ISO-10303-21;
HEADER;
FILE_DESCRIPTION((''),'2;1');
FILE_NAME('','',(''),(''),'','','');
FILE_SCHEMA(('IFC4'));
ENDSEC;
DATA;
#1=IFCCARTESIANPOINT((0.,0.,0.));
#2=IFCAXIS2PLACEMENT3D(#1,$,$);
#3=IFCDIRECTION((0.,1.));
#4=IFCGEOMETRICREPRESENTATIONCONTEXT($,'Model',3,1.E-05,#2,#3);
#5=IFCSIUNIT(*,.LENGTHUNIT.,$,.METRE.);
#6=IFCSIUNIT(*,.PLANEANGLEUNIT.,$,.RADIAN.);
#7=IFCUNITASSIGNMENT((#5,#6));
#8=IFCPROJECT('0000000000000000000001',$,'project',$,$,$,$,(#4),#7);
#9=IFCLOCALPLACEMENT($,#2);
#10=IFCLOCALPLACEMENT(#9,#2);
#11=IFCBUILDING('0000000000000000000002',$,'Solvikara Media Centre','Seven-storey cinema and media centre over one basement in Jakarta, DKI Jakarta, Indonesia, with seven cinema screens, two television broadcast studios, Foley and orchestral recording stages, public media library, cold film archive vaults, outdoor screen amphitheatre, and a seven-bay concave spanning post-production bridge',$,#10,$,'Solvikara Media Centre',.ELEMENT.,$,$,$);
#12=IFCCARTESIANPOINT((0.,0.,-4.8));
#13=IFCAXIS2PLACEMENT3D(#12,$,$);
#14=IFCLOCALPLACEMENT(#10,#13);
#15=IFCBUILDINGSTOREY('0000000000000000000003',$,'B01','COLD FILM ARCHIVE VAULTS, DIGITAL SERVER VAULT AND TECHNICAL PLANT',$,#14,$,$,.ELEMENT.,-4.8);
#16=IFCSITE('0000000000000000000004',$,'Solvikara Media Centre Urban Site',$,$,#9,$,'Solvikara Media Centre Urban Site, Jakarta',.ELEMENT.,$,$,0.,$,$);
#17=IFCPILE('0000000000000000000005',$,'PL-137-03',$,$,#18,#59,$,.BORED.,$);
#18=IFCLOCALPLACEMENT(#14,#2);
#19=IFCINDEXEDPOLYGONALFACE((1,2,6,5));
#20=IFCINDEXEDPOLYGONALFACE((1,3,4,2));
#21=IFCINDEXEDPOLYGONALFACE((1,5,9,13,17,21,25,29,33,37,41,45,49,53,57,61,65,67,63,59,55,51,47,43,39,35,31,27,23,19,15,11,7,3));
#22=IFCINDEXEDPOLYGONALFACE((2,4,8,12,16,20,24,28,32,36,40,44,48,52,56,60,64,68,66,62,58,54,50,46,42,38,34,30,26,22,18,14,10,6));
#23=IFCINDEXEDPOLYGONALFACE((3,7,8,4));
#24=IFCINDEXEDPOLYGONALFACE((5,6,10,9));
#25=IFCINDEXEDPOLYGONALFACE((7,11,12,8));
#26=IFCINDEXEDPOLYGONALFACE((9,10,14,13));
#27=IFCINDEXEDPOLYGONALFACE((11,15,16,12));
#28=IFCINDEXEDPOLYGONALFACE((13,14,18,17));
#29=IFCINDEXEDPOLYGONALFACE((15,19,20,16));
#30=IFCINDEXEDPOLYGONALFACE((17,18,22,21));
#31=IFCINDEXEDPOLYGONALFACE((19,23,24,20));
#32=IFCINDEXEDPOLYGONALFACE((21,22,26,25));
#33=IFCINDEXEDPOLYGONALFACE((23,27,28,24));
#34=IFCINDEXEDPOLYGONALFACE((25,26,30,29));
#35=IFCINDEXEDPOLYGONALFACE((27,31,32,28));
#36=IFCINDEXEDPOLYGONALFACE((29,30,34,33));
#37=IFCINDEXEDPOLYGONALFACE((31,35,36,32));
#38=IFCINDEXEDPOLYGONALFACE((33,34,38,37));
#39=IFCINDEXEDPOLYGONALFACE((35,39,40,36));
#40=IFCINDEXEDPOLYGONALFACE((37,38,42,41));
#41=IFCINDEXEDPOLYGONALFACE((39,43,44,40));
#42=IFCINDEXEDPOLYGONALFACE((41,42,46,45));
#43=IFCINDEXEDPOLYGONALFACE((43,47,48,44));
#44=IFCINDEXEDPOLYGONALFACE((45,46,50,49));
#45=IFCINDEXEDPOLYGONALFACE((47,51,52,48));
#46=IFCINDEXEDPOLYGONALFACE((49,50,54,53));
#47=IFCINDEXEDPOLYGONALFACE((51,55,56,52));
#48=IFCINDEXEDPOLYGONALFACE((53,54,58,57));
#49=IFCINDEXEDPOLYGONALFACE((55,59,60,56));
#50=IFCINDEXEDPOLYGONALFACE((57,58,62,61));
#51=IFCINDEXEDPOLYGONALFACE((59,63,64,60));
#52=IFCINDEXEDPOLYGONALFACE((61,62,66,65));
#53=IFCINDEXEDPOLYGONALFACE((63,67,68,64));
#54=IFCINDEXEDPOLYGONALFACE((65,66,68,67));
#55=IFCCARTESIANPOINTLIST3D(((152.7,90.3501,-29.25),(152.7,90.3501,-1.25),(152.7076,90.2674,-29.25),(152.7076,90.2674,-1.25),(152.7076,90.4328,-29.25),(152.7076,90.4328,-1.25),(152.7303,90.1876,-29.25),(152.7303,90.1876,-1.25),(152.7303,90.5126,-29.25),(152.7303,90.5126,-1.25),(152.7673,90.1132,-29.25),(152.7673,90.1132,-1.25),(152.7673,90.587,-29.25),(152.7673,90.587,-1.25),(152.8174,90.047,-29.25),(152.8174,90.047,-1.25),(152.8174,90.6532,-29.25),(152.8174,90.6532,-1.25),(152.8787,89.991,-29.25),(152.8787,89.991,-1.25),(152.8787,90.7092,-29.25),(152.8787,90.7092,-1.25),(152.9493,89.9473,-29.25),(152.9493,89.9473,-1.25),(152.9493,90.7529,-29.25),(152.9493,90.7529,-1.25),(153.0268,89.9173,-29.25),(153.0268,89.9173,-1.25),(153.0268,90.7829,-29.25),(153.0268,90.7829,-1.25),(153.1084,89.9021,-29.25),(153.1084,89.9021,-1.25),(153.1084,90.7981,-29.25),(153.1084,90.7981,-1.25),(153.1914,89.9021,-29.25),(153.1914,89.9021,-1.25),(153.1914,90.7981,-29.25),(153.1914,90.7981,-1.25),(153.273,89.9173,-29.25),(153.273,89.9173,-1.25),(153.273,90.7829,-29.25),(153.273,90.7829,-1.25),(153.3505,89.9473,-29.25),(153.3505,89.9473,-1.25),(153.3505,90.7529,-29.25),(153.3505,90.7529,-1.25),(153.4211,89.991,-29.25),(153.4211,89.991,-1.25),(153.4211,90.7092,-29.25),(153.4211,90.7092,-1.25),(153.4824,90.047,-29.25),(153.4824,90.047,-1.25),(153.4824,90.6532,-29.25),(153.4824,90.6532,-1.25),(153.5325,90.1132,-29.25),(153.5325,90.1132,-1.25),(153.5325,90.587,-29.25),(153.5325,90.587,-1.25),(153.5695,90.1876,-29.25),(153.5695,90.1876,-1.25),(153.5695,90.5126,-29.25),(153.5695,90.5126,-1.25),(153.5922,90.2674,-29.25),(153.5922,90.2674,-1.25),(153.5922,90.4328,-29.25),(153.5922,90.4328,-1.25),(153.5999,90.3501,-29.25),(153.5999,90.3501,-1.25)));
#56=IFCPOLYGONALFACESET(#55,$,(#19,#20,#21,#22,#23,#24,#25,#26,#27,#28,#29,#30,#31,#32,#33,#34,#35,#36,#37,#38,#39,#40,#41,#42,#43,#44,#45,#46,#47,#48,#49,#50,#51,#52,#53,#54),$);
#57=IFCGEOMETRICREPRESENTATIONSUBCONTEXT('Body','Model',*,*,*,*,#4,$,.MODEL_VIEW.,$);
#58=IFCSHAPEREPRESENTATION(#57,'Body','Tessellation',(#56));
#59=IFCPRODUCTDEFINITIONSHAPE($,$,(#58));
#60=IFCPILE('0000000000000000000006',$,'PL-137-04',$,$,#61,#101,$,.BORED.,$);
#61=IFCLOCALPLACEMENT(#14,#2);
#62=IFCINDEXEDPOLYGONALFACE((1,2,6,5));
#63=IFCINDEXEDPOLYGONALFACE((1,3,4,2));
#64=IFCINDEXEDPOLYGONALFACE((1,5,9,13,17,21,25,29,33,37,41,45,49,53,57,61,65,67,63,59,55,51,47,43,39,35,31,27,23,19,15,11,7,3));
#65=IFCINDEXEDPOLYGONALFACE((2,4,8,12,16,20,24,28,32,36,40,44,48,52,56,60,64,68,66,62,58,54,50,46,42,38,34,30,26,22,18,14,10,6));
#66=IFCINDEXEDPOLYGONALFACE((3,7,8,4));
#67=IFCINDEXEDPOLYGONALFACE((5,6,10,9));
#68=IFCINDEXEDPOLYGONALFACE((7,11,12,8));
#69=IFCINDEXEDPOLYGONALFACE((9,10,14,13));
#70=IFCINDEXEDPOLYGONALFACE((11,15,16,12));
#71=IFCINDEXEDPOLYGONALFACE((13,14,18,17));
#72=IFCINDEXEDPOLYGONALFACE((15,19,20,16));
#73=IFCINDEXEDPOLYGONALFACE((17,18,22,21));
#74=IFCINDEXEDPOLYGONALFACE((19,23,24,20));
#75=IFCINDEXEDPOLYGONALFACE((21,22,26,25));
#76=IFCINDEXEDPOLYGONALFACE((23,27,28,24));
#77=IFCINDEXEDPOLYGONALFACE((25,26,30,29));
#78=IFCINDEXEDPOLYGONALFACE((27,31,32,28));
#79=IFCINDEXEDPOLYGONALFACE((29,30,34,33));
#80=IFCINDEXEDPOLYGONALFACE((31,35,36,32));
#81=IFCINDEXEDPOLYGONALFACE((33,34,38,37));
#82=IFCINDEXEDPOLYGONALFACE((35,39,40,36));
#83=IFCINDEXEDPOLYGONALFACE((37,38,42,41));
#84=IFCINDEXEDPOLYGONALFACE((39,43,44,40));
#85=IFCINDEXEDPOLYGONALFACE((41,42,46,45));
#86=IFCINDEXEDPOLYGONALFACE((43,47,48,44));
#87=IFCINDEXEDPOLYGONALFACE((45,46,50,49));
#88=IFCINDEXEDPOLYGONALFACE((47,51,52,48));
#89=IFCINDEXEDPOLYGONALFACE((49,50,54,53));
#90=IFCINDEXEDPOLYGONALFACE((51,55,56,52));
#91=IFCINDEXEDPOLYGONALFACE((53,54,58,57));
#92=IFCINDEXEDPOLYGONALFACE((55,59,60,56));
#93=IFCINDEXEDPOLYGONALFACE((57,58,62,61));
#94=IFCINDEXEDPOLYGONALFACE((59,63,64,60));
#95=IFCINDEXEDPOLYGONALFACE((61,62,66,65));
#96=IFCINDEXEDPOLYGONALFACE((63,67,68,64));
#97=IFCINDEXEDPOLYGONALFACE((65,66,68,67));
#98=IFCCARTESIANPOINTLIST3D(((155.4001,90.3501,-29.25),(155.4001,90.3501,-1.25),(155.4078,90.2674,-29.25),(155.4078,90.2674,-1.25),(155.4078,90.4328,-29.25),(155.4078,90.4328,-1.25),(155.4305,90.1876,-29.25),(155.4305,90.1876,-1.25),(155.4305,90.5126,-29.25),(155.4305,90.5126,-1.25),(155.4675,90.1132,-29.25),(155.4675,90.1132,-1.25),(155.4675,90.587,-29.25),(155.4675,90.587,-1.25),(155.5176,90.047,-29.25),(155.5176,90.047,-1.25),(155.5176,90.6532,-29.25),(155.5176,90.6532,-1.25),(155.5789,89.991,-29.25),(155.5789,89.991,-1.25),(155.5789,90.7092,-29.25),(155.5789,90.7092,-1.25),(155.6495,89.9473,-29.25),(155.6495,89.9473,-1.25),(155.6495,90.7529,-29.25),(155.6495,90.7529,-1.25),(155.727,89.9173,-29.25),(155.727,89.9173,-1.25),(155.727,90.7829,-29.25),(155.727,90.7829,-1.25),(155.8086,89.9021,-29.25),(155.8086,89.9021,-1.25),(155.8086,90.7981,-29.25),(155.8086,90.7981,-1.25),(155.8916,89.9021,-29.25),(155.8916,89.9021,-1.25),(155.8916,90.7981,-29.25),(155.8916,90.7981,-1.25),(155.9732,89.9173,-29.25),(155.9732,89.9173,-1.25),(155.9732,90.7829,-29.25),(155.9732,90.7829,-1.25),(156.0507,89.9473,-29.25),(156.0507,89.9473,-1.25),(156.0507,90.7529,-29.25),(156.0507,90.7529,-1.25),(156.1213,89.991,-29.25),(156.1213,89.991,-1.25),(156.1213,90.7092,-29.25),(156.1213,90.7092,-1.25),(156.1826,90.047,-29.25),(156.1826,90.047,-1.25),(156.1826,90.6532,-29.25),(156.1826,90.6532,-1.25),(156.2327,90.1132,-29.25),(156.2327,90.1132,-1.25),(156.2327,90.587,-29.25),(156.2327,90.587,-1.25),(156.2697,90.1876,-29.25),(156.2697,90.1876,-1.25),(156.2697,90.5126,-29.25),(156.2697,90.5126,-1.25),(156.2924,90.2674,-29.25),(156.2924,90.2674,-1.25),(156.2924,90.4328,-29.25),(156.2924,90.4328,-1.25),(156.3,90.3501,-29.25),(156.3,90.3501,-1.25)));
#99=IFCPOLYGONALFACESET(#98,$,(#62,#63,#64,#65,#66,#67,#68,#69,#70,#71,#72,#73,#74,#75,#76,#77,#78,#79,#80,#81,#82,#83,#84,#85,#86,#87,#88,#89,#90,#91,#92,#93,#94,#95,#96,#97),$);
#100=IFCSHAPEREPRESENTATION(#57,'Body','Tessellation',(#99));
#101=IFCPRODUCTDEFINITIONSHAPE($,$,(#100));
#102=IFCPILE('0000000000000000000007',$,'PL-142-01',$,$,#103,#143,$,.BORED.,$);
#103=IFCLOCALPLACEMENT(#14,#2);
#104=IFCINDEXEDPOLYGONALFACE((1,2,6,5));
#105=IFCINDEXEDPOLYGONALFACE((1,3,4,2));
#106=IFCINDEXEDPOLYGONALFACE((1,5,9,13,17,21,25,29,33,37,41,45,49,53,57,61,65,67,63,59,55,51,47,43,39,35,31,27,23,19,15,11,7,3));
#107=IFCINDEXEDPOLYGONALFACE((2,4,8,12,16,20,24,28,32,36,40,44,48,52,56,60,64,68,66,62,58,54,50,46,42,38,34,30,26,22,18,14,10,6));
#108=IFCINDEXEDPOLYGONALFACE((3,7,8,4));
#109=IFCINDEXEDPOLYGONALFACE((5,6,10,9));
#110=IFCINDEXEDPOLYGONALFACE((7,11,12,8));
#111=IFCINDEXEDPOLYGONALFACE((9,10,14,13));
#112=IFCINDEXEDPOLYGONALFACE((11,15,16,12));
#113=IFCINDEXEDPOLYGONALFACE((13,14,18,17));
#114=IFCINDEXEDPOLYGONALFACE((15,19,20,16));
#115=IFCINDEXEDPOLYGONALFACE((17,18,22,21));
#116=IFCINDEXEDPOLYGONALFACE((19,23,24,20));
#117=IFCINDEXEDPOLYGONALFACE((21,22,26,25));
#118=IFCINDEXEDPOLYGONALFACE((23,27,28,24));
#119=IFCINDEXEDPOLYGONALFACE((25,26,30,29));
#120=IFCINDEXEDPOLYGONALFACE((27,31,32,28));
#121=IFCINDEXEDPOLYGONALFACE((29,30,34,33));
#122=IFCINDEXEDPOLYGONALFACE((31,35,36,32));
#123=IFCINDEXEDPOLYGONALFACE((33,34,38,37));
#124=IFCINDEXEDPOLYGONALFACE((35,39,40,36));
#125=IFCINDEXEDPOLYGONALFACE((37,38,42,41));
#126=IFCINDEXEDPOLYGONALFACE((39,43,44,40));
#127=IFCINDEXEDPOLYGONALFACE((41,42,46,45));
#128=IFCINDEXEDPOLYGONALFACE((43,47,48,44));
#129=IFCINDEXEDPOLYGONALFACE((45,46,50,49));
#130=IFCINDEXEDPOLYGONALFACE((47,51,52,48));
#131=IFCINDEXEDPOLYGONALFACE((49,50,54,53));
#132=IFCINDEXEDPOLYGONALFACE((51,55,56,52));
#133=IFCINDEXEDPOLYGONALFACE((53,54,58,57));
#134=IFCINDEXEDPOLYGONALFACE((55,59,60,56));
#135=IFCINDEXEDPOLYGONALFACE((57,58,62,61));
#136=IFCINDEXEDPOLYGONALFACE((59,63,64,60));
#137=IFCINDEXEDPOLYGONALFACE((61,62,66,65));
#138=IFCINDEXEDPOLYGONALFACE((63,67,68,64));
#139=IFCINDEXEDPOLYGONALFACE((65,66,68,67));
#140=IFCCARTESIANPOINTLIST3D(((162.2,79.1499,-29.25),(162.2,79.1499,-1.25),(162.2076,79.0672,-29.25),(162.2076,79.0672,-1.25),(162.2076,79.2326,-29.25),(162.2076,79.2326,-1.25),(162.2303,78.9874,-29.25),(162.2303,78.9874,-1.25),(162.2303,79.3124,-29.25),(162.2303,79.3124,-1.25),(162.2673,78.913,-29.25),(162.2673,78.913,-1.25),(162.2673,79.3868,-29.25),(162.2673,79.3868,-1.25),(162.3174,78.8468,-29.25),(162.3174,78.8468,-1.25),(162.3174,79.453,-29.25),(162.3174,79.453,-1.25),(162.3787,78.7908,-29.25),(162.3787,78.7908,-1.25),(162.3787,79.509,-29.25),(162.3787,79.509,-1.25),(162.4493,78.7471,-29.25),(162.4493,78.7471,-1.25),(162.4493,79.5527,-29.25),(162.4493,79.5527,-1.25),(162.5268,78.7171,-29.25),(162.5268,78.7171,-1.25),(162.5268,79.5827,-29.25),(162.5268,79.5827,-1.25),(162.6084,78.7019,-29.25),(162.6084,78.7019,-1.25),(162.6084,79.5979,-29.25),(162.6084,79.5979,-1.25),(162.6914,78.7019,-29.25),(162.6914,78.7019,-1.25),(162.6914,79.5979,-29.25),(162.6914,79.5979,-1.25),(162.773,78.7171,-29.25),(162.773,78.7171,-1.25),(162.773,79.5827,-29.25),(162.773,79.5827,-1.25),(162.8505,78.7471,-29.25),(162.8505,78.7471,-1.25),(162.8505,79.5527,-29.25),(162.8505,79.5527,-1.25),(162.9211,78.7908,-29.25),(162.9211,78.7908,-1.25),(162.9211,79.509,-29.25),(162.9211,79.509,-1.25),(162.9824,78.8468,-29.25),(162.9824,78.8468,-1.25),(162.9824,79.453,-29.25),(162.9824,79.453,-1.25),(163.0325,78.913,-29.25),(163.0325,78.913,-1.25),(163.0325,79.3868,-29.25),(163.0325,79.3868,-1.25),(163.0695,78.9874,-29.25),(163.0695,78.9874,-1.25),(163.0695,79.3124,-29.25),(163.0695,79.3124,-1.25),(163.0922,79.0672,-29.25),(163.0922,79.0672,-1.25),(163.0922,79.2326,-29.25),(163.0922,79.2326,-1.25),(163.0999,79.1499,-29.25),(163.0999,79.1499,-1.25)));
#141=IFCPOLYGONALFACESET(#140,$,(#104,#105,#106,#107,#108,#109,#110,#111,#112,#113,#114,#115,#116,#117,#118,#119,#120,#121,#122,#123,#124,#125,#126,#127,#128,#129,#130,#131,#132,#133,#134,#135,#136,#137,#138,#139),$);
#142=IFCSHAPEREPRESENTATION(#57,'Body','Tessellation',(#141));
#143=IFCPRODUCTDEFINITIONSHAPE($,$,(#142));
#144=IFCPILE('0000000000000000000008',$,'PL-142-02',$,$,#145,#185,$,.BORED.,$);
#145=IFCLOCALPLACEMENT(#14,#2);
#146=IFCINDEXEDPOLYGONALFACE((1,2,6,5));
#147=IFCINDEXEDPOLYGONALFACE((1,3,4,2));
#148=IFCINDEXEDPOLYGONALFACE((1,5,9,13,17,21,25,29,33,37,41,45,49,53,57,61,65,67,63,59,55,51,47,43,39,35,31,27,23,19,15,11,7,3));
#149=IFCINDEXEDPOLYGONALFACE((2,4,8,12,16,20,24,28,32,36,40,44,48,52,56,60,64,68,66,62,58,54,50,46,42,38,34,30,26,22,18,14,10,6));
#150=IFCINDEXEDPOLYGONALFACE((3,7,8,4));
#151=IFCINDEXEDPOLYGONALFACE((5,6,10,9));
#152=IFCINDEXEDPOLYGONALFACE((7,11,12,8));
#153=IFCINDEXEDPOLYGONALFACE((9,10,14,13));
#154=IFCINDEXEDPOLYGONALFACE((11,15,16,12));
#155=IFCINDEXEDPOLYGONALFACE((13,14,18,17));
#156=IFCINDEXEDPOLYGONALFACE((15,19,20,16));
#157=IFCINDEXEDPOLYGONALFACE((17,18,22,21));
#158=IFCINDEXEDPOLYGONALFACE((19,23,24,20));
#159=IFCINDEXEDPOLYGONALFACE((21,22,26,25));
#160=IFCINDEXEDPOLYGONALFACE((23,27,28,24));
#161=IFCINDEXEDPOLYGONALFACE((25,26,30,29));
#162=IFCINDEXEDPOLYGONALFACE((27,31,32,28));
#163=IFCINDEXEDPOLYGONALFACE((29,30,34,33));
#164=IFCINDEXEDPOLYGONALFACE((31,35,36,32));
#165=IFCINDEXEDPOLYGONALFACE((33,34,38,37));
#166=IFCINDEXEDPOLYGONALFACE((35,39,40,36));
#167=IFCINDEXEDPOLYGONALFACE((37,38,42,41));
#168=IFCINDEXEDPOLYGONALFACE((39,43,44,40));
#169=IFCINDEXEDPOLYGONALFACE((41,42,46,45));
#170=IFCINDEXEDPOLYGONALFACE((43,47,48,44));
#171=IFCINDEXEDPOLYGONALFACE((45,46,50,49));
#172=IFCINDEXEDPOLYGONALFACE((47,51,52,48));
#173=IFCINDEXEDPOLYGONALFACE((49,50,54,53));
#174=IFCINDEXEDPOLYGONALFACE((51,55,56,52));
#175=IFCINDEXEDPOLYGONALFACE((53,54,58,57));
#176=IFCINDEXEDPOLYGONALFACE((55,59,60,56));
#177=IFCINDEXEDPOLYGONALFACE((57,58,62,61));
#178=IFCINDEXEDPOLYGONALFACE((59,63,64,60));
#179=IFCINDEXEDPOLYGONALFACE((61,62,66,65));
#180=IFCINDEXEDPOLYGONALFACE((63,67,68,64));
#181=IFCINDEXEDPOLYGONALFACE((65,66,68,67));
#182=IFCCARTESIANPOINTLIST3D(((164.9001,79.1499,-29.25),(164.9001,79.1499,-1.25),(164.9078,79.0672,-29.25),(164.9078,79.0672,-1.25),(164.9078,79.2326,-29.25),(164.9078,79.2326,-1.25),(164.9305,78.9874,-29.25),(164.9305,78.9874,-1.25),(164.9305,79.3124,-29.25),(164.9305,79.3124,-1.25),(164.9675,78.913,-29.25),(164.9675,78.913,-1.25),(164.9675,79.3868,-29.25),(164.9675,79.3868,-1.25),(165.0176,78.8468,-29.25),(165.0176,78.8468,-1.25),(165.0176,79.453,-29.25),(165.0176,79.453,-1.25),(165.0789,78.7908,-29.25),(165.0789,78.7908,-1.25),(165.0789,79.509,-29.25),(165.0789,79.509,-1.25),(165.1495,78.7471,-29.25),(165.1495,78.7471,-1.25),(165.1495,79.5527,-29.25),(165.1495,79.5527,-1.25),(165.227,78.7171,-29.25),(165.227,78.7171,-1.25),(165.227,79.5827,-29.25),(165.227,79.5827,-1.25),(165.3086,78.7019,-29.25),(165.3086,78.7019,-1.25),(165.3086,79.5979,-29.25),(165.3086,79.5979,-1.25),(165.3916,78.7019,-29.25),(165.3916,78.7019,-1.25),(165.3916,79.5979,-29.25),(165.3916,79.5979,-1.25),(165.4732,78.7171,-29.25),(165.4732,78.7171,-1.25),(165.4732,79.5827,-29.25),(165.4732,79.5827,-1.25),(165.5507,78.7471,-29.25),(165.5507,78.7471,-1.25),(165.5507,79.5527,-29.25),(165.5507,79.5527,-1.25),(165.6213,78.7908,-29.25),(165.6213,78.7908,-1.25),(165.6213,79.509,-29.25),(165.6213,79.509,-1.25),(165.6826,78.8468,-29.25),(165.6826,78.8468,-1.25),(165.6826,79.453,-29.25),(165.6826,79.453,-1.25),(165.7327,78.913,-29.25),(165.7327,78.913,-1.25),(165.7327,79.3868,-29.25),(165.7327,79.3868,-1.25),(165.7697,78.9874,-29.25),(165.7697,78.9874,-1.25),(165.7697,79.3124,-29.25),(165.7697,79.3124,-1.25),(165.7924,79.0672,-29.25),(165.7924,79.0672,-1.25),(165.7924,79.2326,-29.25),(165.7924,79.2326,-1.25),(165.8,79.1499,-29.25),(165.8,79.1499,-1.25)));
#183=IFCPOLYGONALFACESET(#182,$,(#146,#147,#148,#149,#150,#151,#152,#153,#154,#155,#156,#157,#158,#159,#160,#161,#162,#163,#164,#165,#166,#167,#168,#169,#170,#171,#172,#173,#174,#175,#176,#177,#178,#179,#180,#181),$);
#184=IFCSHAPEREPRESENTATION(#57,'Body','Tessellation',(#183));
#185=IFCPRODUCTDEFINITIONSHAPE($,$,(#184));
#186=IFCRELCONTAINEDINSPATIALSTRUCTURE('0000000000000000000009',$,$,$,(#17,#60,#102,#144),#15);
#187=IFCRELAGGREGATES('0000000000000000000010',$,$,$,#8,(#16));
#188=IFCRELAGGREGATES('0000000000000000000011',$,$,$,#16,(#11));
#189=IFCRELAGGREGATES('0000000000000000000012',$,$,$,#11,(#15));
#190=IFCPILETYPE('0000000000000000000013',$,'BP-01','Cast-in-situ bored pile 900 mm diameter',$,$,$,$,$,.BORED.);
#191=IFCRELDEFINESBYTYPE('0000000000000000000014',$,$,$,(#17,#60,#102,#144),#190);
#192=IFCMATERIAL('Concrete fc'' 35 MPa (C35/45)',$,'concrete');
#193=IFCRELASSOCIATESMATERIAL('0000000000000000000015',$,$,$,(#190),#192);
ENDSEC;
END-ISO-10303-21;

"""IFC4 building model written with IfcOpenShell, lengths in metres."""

from ifc_helpers import new_model, si_unit, direction, frame, origin, origin_2d, place, context, subcontext, project, spatial, circle, extrude, material, material_profile, profile_set, type_object, element, save


model = new_model("IFC4")

# Units and contexts
model_context = context("Model", 3, precision=1e-05, world=origin(), true_north=direction((0.0, 1.0)))
body_context = subcontext(model_context, "Body", "Model", "MODEL_VIEW")
ifc_project = project(units=[si_unit("LENGTHUNIT", "METRE"), si_unit("PLANEANGLEUNIT", "RADIAN")], contexts=[model_context])

# Site, building, storey
site_placement = place(None, origin())
site = spatial("IfcSite", under=ifc_project, at=site_placement, Name="Solvikara Media Centre Urban Site", LongName="Solvikara Media Centre Urban Site, Jakarta", CompositionType="ELEMENT", RefElevation=0.0)
building_placement = place(site_placement, origin())
building = spatial("IfcBuilding", under=site, at=building_placement, Name="Solvikara Media Centre", Description="Seven-storey cinema and media centre over one basement in Jakarta, DKI Jakarta, Indonesia, with seven cinema screens, two television broadcast studios, Foley and orchestral recording stages, public media library, cold film archive vaults, outdoor screen amphitheatre, and a seven-bay concave spanning post-production bridge", LongName="Solvikara Media Centre", CompositionType="ELEMENT")
storey_placement = place(building_placement, frame((0.0, 0.0, -4.8)))
storey = spatial("IfcBuildingStorey", under=building, at=storey_placement, Name="B01", Description="COLD FILM ARCHIVE VAULTS, DIGITAL SERVER VAULT AND TECHNICAL PLANT", CompositionType="ELEMENT", Elevation=-4.8)

# Piles
ifc_material_1 = material(Name="Concrete fc' 35 MPa (C35/45)", Category="concrete")
ifc_material_profile_1 = material_profile(ifc_material_1, circle(Radius=0.45, at=origin_2d()), Name="BORED PILE D900")
ifc_profile_set_1 = profile_set([ifc_material_profile_1], Name="Concrete fc' 35 MPa (C35/45)")
pile_type_1 = type_object("IfcPileType", Name="BP-01", Description="Cast-in-situ bored pile 900 mm diameter", PredefinedType="BORED", material=ifc_profile_set_1)
for number, where, z_axis, x_axis, name in (
    (1, (153.1499, 90.3501, -1.25), (0.0, 0.0, -1.0), (1.0, 0.0, 0.0), "PL-137-03"),
    (2, (155.8501, 90.3501, -1.25), (0.0, 0.0, -1.0), (1.0, 0.0, 0.0), "PL-137-04"),
    (3, (162.6499, 79.1499, -1.25), (0.0, 0.0, -1.0), (1.0, 0.0, 0.0), "PL-142-01"),
    (4, (165.3501, 79.1499, -1.25), (0.0, 0.0, -1.0), (1.0, 0.0, 0.0), "PL-142-02"),
):
    element("IfcPile", number, at=place(storey_placement, frame(where, z_axis=z_axis, x_axis=x_axis)), inside=storey, type_object=pile_type_1, Name=name, PredefinedType="BORED", context=body_context, shape_type="SweptSolid", body=[
        extrude(circle(Radius=0.45, at=origin_2d()), origin(), (0.0, 0.0, 1.0), 28.0),
    ])

save(model, "model.ifc")
